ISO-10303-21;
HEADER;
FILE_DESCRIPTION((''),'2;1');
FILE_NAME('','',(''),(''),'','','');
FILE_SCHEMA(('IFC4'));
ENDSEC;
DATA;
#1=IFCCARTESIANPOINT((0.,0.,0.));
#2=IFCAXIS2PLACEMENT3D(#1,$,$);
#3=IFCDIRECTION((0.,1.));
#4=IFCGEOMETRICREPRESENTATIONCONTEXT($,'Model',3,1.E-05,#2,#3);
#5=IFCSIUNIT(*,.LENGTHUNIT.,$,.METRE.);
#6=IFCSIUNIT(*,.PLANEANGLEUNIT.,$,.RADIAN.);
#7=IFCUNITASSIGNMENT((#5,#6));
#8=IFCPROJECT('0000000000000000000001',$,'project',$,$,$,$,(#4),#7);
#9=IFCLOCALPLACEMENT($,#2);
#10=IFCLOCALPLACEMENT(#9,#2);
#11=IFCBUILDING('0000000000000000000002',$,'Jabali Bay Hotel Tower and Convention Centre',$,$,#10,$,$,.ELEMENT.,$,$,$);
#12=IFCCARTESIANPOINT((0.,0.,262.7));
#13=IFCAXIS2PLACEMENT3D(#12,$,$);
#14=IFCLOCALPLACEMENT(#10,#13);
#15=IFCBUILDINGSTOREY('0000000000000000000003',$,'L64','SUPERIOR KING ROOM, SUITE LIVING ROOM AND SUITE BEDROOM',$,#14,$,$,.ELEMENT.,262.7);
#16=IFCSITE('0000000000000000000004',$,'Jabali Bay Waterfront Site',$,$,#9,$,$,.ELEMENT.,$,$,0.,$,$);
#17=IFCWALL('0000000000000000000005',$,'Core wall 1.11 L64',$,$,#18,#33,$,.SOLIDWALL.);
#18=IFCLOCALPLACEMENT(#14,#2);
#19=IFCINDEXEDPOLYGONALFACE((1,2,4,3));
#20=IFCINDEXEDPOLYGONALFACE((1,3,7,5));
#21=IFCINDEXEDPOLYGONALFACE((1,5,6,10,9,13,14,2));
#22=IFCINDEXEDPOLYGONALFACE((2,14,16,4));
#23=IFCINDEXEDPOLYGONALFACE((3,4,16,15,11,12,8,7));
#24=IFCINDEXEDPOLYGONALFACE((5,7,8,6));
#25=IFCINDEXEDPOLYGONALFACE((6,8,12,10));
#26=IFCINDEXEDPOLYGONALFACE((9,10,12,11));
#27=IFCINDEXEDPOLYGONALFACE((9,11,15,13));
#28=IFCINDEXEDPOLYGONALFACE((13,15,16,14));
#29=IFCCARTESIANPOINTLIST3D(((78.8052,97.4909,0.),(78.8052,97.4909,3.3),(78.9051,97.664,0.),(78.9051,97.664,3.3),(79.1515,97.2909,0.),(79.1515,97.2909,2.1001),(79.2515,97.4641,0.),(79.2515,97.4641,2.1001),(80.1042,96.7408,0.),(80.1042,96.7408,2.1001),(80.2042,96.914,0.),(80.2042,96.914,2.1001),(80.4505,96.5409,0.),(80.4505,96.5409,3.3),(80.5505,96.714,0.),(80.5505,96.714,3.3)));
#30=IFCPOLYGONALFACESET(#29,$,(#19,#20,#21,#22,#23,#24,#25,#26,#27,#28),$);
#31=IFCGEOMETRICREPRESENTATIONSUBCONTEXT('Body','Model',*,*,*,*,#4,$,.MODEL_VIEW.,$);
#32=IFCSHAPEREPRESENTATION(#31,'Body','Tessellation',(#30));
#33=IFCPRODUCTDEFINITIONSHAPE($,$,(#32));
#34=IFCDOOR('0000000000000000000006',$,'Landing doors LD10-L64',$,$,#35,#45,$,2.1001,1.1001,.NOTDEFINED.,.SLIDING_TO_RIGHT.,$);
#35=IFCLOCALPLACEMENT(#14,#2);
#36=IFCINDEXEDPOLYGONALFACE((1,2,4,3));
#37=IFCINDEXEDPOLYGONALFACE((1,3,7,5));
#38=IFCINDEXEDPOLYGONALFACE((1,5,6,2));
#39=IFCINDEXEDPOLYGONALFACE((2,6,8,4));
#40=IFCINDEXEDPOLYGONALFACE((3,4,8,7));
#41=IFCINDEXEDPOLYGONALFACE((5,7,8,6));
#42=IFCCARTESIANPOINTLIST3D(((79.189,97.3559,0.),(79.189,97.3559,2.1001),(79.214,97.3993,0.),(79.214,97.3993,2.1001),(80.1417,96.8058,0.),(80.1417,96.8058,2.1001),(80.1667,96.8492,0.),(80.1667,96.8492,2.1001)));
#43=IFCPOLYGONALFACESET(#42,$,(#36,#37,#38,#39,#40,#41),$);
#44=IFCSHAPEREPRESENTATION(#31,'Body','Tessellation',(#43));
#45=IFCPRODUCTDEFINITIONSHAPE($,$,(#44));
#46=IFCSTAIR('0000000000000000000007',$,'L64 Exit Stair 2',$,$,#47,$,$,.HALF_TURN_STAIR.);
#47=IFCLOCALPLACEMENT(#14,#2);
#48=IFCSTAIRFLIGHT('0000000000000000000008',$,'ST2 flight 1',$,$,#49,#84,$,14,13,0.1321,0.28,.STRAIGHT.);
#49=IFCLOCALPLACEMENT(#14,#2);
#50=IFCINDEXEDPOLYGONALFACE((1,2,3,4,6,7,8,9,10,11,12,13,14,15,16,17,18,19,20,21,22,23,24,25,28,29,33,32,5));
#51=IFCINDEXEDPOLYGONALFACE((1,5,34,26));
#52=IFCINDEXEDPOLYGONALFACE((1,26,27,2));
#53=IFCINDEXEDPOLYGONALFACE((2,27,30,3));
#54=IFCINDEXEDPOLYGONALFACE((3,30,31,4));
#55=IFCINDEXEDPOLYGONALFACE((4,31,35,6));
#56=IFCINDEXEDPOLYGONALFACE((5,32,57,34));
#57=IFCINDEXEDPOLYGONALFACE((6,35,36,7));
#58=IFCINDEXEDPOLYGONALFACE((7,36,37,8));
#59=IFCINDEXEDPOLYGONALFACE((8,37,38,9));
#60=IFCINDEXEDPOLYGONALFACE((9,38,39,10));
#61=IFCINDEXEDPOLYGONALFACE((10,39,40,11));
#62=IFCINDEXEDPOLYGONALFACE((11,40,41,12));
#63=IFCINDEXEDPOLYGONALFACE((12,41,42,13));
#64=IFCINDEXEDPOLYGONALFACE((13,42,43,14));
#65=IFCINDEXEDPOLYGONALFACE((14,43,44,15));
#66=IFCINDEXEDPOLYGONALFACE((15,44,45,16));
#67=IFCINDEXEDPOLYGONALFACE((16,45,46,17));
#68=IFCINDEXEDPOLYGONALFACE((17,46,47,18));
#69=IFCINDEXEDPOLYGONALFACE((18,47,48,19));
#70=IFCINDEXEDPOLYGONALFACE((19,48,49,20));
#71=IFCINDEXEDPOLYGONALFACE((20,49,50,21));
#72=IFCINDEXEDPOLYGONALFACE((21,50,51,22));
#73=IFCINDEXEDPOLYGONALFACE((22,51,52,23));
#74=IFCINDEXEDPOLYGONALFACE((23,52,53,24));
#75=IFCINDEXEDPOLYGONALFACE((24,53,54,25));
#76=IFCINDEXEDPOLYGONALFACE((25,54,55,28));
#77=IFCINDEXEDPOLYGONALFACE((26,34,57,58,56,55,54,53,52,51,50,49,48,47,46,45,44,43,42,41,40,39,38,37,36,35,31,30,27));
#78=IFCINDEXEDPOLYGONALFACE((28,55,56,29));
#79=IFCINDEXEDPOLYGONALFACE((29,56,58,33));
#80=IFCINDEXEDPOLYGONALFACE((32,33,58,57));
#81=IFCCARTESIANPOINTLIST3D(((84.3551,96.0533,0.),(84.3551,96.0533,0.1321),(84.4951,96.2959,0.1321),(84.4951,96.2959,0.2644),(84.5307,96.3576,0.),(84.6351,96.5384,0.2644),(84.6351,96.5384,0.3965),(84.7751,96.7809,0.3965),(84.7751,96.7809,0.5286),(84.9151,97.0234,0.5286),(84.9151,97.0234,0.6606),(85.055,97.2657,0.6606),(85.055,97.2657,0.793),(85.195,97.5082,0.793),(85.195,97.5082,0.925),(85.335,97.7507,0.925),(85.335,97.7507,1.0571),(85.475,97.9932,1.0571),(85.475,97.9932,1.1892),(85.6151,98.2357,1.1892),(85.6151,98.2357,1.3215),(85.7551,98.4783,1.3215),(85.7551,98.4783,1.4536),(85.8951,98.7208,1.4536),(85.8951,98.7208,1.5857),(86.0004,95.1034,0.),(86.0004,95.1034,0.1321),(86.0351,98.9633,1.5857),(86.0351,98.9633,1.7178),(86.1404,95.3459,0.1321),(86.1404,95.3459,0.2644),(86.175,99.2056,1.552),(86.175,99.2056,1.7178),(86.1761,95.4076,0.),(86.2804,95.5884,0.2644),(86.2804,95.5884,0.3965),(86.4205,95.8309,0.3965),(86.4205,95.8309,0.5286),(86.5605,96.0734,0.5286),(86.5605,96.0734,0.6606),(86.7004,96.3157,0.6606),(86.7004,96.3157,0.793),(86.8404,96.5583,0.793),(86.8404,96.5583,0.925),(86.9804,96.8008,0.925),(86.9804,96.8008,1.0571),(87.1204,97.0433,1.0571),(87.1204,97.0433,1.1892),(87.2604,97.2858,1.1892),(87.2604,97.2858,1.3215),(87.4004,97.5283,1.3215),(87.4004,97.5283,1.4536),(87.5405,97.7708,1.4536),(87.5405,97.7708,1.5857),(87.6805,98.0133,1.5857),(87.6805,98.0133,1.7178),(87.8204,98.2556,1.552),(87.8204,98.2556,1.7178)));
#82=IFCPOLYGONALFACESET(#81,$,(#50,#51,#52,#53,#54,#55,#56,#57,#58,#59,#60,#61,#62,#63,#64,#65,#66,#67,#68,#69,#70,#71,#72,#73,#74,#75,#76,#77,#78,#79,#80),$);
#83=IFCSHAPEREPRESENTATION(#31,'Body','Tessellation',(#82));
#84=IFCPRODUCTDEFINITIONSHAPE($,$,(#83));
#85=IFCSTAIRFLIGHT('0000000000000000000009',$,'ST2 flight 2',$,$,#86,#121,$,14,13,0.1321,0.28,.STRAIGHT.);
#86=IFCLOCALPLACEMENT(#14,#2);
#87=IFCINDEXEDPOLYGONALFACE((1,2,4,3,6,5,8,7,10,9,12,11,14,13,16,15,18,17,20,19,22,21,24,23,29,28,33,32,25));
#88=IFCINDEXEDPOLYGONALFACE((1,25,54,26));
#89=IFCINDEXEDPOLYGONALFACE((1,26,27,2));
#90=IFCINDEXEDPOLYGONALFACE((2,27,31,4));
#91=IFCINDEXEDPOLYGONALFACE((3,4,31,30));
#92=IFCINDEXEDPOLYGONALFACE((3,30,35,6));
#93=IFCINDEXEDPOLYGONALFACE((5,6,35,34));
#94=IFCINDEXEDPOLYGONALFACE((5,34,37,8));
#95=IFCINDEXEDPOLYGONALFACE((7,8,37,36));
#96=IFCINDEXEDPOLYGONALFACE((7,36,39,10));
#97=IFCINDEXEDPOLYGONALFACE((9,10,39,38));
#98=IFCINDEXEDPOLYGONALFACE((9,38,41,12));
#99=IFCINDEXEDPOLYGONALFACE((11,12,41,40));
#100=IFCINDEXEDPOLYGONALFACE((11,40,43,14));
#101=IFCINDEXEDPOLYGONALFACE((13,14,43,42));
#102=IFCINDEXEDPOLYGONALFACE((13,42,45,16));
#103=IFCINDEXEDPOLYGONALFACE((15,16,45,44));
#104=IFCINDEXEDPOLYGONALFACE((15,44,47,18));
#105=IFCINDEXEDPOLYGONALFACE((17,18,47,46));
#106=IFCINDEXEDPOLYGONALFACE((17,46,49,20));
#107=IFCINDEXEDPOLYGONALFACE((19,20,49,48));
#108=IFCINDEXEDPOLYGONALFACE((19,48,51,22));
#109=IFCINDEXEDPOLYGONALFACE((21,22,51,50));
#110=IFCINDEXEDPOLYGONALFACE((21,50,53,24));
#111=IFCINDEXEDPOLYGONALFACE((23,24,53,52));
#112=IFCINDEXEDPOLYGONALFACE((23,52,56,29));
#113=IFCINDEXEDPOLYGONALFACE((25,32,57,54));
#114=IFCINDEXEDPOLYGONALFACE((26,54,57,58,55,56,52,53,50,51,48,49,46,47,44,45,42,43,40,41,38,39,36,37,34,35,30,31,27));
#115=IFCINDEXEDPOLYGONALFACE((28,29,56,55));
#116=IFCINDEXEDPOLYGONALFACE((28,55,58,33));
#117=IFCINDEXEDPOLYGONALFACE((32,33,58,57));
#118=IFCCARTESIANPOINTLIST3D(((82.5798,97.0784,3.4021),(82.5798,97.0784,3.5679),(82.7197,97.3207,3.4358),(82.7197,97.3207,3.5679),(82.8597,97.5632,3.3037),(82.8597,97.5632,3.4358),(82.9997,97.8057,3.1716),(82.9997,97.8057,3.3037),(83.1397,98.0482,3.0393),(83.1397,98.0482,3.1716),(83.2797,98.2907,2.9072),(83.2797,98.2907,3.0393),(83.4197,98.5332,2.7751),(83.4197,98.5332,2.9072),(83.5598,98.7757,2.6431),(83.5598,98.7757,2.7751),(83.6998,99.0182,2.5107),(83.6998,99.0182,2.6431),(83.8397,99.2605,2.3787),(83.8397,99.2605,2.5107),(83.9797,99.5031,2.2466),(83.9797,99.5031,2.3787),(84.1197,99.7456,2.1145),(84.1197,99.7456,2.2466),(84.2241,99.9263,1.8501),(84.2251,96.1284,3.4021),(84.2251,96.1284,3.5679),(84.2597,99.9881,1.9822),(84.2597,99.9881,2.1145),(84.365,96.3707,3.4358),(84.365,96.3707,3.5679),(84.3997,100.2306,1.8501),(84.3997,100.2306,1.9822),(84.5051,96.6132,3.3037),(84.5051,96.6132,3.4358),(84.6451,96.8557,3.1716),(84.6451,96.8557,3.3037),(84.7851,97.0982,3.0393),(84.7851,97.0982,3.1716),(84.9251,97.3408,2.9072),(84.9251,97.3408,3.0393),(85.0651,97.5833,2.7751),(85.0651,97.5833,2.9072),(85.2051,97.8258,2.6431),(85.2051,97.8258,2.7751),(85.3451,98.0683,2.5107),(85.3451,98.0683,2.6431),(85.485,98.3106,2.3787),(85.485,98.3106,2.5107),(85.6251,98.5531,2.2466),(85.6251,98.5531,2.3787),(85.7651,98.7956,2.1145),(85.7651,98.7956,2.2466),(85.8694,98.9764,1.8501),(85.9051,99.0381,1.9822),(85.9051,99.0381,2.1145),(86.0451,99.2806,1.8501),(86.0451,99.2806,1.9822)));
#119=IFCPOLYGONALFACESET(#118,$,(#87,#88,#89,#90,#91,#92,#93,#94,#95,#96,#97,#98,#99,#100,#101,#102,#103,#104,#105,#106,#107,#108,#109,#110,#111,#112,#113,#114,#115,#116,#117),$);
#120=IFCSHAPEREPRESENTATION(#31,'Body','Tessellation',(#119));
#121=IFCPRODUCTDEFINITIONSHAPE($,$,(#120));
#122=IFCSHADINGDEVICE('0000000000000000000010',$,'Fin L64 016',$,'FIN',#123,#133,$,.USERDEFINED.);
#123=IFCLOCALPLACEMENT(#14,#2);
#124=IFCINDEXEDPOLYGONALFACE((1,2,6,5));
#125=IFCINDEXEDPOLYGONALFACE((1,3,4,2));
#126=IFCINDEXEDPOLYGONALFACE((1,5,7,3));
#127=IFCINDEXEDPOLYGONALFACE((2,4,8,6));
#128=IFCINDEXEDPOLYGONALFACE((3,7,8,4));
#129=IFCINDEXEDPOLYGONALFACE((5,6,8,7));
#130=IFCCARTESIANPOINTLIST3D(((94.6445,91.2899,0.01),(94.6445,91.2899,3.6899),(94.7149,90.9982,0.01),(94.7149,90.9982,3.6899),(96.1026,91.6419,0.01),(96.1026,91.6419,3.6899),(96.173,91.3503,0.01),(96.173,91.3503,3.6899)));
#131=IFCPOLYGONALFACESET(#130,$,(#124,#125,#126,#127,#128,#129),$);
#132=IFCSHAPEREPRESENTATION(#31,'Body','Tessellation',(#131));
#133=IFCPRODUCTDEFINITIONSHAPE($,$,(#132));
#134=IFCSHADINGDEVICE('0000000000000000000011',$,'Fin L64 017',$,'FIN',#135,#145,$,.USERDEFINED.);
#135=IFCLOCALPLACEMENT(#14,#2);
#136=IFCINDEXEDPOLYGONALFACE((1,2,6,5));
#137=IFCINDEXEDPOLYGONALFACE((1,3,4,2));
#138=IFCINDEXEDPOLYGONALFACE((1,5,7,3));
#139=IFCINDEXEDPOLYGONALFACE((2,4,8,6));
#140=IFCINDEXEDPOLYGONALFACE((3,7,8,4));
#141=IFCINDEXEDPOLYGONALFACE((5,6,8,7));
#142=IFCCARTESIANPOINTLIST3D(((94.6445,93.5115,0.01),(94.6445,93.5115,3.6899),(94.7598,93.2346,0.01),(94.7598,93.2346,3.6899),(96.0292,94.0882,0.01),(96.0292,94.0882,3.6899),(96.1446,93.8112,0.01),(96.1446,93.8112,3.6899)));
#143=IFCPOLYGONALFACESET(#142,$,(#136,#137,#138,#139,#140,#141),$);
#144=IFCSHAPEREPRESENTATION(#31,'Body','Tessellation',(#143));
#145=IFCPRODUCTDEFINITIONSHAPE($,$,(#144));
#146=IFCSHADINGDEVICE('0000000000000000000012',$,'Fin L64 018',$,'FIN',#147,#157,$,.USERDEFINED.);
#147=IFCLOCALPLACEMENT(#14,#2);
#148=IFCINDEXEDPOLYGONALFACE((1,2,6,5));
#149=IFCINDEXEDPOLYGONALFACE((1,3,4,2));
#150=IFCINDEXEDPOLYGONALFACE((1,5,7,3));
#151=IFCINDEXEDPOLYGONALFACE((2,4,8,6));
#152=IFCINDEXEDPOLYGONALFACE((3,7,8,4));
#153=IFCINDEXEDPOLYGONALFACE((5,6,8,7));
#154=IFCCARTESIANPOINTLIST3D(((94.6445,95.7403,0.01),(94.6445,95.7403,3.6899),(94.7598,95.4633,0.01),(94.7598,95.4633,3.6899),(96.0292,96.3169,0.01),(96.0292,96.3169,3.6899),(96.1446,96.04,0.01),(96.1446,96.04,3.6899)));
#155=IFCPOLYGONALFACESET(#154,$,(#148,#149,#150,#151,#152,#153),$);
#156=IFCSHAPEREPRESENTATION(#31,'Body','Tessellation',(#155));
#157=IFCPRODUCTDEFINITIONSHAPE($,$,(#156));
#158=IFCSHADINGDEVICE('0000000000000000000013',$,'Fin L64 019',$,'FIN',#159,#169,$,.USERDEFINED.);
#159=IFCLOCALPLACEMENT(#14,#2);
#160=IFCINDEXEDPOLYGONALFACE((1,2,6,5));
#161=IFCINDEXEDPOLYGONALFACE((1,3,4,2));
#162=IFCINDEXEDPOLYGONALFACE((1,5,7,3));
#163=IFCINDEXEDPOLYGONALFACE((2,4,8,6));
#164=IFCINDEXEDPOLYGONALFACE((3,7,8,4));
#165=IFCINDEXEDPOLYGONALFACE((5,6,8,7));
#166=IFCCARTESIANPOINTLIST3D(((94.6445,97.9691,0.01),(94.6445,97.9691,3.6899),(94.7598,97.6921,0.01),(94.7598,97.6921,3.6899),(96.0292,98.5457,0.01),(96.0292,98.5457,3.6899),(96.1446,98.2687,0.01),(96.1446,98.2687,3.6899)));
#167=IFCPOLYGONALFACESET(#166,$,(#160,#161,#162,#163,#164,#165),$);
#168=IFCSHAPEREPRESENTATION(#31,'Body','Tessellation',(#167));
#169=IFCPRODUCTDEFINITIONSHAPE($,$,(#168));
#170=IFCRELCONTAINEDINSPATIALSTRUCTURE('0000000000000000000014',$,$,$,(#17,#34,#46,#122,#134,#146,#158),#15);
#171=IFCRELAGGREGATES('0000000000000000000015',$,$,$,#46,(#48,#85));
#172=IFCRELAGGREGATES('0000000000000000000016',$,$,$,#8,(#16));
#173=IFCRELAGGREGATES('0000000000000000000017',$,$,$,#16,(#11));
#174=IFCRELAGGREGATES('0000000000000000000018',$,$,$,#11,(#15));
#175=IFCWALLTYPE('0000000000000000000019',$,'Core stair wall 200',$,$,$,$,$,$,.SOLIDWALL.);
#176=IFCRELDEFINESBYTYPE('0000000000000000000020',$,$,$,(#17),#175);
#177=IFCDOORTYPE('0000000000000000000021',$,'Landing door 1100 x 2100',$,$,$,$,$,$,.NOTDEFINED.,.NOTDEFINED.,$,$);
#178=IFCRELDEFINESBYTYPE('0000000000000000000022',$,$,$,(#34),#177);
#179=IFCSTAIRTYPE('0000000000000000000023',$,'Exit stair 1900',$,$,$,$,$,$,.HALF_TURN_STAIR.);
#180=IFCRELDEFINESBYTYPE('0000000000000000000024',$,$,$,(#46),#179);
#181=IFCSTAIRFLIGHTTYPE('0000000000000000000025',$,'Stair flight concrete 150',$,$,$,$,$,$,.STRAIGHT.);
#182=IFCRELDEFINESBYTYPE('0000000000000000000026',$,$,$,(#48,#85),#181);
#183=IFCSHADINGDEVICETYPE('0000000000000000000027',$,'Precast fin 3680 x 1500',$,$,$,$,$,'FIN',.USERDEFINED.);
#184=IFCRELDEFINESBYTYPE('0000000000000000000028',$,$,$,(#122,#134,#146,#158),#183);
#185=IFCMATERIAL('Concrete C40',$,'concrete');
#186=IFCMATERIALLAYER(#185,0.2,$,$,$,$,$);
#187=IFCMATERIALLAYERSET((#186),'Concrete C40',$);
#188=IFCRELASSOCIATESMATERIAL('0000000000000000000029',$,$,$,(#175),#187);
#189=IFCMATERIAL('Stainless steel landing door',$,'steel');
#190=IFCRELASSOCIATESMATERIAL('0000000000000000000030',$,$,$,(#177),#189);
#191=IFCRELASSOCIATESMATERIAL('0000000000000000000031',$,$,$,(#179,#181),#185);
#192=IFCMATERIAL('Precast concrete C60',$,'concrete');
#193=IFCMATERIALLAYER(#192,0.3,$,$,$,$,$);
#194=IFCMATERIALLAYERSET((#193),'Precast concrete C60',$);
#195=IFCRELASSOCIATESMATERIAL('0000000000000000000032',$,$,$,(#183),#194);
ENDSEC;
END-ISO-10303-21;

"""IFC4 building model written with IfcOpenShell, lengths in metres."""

from ifc_helpers import new_model, si_unit, direction, frame, frame_2d, origin, place, context, subcontext, project, spatial, polyline, rectangle, outline, extrude, material, layer, layer_set, type_object, element, fill, aggregate, save


model = new_model("IFC4")

# Units and contexts
model_context = context("Model", 3, precision=1e-05, world=origin(), true_north=direction((0.0, 1.0)))
body_context = subcontext(model_context, "Body", "Model", "MODEL_VIEW")
ifc_project = project(units=[si_unit("LENGTHUNIT", "METRE"), si_unit("PLANEANGLEUNIT", "RADIAN")], contexts=[model_context])

# Site, building, storey
site_placement = place(None, origin())
site = spatial("IfcSite", under=ifc_project, at=site_placement, Name="Jabali Bay Waterfront Site", CompositionType="ELEMENT", RefElevation=0.0)
building_placement = place(site_placement, origin())
building = spatial("IfcBuilding", under=site, at=building_placement, Name="Jabali Bay Hotel Tower and Convention Centre", CompositionType="ELEMENT")
storey_placement = place(building_placement, frame((0.0, 0.0, 262.7)))
storey = spatial("IfcBuildingStorey", under=building, at=storey_placement, Name="L64", Description="SUPERIOR KING ROOM, SUITE LIVING ROOM AND SUITE BEDROOM", CompositionType="ELEMENT", Elevation=262.7)

# Shared definitions
ifc_material_1 = material(Name="Concrete C40", Category="concrete")
ifc_layer_1 = layer(ifc_material_1, 0.2)
ifc_layer_set_1 = layer_set([ifc_layer_1], Name="Concrete C40")
wall_type_1 = type_object("IfcWallType", Name="Core stair wall 200", PredefinedType="SOLIDWALL", material=ifc_layer_set_1)

# Wall, opening, door
wall_1_placement = place(storey_placement, frame((80.5005, 96.6274, 0.0), z_axis=(0.0, 0.0, 1.0), x_axis=(-0.866012, 0.500023, 0.0)))
wall_1 = element("IfcWall", 1, at=wall_1_placement, inside=storey, type_object=wall_type_1, Name="Core wall 1.11 L64", PredefinedType="SOLIDWALL", context=body_context, shape_type="SweptSolid", body=[
    extrude(rectangle(XDim=1.8999, YDim=0.2, at=frame_2d((0.95, 0.0))), origin(), (0.0, 0.0, 1.0), 3.3),
])
opening_1_placement = place(wall_1_placement, frame((0.3999, 0.0, 0.0)))
opening_1 = element("IfcOpeningElement", 2, at=opening_1_placement, cuts=wall_1, PredefinedType="OPENING", context=body_context, shape_type="SweptSolid", body=[
    extrude(rectangle(XDim=1.1001, YDim=2.1001, at=frame_2d((0.55, 1.05))), frame((0.0, 0.1104, 0.0), z_axis=(0.0, -1.0, 0.0), x_axis=(1.0, 0.0, 0.0)), (0.0, 0.0, 1.0), 0.2209),
])
ifc_material_2 = material(Name="Stainless steel landing door", Category="steel")
door_type_1 = type_object("IfcDoorType", Name="Landing door 1100 x 2100", OperationType="NOTDEFINED", PredefinedType="NOTDEFINED", material=ifc_material_2)
door_1_placement = place(opening_1_placement, origin())
door_1 = element("IfcDoor", 3, at=door_1_placement, inside=storey, type_object=door_type_1, Name="Landing doors LD10-L64", OperationType="SLIDING_TO_RIGHT", OverallHeight=2.1001, OverallWidth=1.1001, PredefinedType="NOTDEFINED", context=body_context, shape_type="SweptSolid", body=[
    extrude(rectangle(XDim=1.1001, YDim=2.1001, at=frame_2d((0.55, 1.05))), frame((0.0, 0.0249, 0.0), z_axis=(0.0, -1.0, 0.0), x_axis=(1.0, 0.0, 0.0)), (0.0, 0.0, 1.0), 0.05),
])
fill(opening_1, door_1)

# Stair, stair flights
stair_type = type_object("IfcStairType", Name="Exit stair 1900", PredefinedType="HALF_TURN_STAIR", material=ifc_material_1)
stair_placement = place(storey_placement, origin())
stair = element("IfcStair", 4, at=stair_placement, inside=storey, type_object=stair_type, Name="L64 Exit Stair 2", PredefinedType="HALF_TURN_STAIR")
stair_flight_type = type_object("IfcStairFlightType", Name="Stair flight concrete 150", PredefinedType="STRAIGHT", material=ifc_material_1)
stair_flight_1_placement = place(storey_placement, frame((85.1777, 95.5784, 0.0), z_axis=(0.0, 0.0, 1.0), x_axis=(0.5, 0.866025, 0.0)))
stair_flight_1 = element("IfcStairFlight", 5, at=stair_flight_1_placement, type_object=stair_flight_type, Name="ST2 flight 1", NumberOfRisers=14, NumberOfTreads=13, PredefinedType="STRAIGHT", RiserHeight=0.1321, TreadLength=0.28, context=body_context, shape_type="SweptSolid", body=[
    extrude(outline(polyline([(0.0, 0.0), (0.0, 0.1321), (0.28, 0.1321), (0.28, 0.2644), (0.5601, 0.2644), (0.5601, 0.3965), (0.8401, 0.3965), (0.8401, 0.5286), (1.1201, 0.5286), (1.1201, 0.6606), (1.3999, 0.6606), (1.3999, 0.793), (1.6799, 0.793), (1.6799, 0.925), (1.96, 0.925), (1.96, 1.0571), (2.24, 1.0571), (2.24, 1.1892), (2.52, 1.1892), (2.52, 1.3215), (2.8, 1.3215), (2.8, 1.4536), (3.0801, 1.4536), (3.0801, 1.5857), (3.3601, 1.5857), (3.3601, 1.7178), (3.6399, 1.7178), (3.6399, 1.8501), (3.6399, 1.552), (0.3513, 0.0), (0.0, 0.0)])), frame((0.0, 0.95, 0.0), z_axis=(0.0, -1.0, 0.0), x_axis=(1.0, 0.0, 0.0)), (0.0, 0.0, 1.0), 1.8999),
])
stair_flight_2_placement = place(storey_placement, frame((85.2224, 99.7556, 1.8501), z_axis=(0.0, 0.0, 1.0), x_axis=(-0.5, -0.866025, 0.0)))
stair_flight_2 = element("IfcStairFlight", 6, at=stair_flight_2_placement, type_object=stair_flight_type, Name="ST2 flight 2", NumberOfRisers=14, NumberOfTreads=13, PredefinedType="STRAIGHT", RiserHeight=0.1321, TreadLength=0.28, context=body_context, shape_type="SweptSolid", body=[
    extrude(outline(polyline([(0.0, 0.0), (0.0, 0.1321), (0.28, 0.1321), (0.28, 0.2644), (0.5601, 0.2644), (0.5601, 0.3965), (0.8401, 0.3965), (0.8401, 0.5286), (1.1201, 0.5286), (1.1201, 0.6606), (1.3999, 0.6606), (1.3999, 0.793), (1.6799, 0.793), (1.6799, 0.925), (1.96, 0.925), (1.96, 1.0571), (2.24, 1.0571), (2.24, 1.1892), (2.52, 1.1892), (2.52, 1.3215), (2.8, 1.3215), (2.8, 1.4536), (3.0801, 1.4536), (3.0801, 1.5857), (3.3601, 1.5857), (3.3601, 1.7178), (3.6399, 1.7178), (3.6399, 1.8501), (3.6399, 1.552), (0.3513, 0.0), (0.0, 0.0)])), frame((0.0, 0.95, 0.0), z_axis=(0.0, -1.0, 0.0), x_axis=(1.0, 0.0, 0.0)), (0.0, 0.0, 1.0), 1.8999),
])
aggregate(stair, [stair_flight_1, stair_flight_2])

# Shading devices
ifc_material_3 = material(Name="Precast concrete C60", Category="concrete")
ifc_layer_2 = layer(ifc_material_3, 0.3)
ifc_layer_set_2 = layer_set([ifc_layer_2], Name="Precast concrete C60")
shading_device_type = type_object("IfcShadingDeviceType", Name="Precast fin 3680 x 1500", ElementType="FIN", PredefinedType="USERDEFINED", material=ifc_layer_set_2)
for number, where, z_axis, x_axis, name in (
    (7, (94.6797, 91.144, 0.01), (0.0, 0.0, 1.0), (0.972064, 0.234715, 0.0), "Fin L64 016"),
    (8, (94.7021, 93.373, 0.01), (0.0, 0.0, 1.0), (0.923154, 0.38443, 0.0), "Fin L64 017"),
    (9, (94.7021, 95.6018, 0.01), (0.0, 0.0, 1.0), (0.923154, 0.38443, 0.0), "Fin L64 018"),
    (10, (94.7021, 97.8306, 0.01), (0.0, 0.0, 1.0), (0.923154, 0.38443, 0.0), "Fin L64 019"),
):
    element("IfcShadingDevice", number, at=place(storey_placement, frame(where, z_axis=z_axis, x_axis=x_axis)), inside=storey, type_object=shading_device_type, Name=name, ObjectType="FIN", PredefinedType="USERDEFINED", context=body_context, shape_type="SweptSolid", body=[
        extrude(rectangle(XDim=1.5, YDim=0.3, at=frame_2d((0.75, 0.0))), origin(), (0.0, 0.0, 1.0), 3.6799),
    ])

save(model, "model.ifc")
